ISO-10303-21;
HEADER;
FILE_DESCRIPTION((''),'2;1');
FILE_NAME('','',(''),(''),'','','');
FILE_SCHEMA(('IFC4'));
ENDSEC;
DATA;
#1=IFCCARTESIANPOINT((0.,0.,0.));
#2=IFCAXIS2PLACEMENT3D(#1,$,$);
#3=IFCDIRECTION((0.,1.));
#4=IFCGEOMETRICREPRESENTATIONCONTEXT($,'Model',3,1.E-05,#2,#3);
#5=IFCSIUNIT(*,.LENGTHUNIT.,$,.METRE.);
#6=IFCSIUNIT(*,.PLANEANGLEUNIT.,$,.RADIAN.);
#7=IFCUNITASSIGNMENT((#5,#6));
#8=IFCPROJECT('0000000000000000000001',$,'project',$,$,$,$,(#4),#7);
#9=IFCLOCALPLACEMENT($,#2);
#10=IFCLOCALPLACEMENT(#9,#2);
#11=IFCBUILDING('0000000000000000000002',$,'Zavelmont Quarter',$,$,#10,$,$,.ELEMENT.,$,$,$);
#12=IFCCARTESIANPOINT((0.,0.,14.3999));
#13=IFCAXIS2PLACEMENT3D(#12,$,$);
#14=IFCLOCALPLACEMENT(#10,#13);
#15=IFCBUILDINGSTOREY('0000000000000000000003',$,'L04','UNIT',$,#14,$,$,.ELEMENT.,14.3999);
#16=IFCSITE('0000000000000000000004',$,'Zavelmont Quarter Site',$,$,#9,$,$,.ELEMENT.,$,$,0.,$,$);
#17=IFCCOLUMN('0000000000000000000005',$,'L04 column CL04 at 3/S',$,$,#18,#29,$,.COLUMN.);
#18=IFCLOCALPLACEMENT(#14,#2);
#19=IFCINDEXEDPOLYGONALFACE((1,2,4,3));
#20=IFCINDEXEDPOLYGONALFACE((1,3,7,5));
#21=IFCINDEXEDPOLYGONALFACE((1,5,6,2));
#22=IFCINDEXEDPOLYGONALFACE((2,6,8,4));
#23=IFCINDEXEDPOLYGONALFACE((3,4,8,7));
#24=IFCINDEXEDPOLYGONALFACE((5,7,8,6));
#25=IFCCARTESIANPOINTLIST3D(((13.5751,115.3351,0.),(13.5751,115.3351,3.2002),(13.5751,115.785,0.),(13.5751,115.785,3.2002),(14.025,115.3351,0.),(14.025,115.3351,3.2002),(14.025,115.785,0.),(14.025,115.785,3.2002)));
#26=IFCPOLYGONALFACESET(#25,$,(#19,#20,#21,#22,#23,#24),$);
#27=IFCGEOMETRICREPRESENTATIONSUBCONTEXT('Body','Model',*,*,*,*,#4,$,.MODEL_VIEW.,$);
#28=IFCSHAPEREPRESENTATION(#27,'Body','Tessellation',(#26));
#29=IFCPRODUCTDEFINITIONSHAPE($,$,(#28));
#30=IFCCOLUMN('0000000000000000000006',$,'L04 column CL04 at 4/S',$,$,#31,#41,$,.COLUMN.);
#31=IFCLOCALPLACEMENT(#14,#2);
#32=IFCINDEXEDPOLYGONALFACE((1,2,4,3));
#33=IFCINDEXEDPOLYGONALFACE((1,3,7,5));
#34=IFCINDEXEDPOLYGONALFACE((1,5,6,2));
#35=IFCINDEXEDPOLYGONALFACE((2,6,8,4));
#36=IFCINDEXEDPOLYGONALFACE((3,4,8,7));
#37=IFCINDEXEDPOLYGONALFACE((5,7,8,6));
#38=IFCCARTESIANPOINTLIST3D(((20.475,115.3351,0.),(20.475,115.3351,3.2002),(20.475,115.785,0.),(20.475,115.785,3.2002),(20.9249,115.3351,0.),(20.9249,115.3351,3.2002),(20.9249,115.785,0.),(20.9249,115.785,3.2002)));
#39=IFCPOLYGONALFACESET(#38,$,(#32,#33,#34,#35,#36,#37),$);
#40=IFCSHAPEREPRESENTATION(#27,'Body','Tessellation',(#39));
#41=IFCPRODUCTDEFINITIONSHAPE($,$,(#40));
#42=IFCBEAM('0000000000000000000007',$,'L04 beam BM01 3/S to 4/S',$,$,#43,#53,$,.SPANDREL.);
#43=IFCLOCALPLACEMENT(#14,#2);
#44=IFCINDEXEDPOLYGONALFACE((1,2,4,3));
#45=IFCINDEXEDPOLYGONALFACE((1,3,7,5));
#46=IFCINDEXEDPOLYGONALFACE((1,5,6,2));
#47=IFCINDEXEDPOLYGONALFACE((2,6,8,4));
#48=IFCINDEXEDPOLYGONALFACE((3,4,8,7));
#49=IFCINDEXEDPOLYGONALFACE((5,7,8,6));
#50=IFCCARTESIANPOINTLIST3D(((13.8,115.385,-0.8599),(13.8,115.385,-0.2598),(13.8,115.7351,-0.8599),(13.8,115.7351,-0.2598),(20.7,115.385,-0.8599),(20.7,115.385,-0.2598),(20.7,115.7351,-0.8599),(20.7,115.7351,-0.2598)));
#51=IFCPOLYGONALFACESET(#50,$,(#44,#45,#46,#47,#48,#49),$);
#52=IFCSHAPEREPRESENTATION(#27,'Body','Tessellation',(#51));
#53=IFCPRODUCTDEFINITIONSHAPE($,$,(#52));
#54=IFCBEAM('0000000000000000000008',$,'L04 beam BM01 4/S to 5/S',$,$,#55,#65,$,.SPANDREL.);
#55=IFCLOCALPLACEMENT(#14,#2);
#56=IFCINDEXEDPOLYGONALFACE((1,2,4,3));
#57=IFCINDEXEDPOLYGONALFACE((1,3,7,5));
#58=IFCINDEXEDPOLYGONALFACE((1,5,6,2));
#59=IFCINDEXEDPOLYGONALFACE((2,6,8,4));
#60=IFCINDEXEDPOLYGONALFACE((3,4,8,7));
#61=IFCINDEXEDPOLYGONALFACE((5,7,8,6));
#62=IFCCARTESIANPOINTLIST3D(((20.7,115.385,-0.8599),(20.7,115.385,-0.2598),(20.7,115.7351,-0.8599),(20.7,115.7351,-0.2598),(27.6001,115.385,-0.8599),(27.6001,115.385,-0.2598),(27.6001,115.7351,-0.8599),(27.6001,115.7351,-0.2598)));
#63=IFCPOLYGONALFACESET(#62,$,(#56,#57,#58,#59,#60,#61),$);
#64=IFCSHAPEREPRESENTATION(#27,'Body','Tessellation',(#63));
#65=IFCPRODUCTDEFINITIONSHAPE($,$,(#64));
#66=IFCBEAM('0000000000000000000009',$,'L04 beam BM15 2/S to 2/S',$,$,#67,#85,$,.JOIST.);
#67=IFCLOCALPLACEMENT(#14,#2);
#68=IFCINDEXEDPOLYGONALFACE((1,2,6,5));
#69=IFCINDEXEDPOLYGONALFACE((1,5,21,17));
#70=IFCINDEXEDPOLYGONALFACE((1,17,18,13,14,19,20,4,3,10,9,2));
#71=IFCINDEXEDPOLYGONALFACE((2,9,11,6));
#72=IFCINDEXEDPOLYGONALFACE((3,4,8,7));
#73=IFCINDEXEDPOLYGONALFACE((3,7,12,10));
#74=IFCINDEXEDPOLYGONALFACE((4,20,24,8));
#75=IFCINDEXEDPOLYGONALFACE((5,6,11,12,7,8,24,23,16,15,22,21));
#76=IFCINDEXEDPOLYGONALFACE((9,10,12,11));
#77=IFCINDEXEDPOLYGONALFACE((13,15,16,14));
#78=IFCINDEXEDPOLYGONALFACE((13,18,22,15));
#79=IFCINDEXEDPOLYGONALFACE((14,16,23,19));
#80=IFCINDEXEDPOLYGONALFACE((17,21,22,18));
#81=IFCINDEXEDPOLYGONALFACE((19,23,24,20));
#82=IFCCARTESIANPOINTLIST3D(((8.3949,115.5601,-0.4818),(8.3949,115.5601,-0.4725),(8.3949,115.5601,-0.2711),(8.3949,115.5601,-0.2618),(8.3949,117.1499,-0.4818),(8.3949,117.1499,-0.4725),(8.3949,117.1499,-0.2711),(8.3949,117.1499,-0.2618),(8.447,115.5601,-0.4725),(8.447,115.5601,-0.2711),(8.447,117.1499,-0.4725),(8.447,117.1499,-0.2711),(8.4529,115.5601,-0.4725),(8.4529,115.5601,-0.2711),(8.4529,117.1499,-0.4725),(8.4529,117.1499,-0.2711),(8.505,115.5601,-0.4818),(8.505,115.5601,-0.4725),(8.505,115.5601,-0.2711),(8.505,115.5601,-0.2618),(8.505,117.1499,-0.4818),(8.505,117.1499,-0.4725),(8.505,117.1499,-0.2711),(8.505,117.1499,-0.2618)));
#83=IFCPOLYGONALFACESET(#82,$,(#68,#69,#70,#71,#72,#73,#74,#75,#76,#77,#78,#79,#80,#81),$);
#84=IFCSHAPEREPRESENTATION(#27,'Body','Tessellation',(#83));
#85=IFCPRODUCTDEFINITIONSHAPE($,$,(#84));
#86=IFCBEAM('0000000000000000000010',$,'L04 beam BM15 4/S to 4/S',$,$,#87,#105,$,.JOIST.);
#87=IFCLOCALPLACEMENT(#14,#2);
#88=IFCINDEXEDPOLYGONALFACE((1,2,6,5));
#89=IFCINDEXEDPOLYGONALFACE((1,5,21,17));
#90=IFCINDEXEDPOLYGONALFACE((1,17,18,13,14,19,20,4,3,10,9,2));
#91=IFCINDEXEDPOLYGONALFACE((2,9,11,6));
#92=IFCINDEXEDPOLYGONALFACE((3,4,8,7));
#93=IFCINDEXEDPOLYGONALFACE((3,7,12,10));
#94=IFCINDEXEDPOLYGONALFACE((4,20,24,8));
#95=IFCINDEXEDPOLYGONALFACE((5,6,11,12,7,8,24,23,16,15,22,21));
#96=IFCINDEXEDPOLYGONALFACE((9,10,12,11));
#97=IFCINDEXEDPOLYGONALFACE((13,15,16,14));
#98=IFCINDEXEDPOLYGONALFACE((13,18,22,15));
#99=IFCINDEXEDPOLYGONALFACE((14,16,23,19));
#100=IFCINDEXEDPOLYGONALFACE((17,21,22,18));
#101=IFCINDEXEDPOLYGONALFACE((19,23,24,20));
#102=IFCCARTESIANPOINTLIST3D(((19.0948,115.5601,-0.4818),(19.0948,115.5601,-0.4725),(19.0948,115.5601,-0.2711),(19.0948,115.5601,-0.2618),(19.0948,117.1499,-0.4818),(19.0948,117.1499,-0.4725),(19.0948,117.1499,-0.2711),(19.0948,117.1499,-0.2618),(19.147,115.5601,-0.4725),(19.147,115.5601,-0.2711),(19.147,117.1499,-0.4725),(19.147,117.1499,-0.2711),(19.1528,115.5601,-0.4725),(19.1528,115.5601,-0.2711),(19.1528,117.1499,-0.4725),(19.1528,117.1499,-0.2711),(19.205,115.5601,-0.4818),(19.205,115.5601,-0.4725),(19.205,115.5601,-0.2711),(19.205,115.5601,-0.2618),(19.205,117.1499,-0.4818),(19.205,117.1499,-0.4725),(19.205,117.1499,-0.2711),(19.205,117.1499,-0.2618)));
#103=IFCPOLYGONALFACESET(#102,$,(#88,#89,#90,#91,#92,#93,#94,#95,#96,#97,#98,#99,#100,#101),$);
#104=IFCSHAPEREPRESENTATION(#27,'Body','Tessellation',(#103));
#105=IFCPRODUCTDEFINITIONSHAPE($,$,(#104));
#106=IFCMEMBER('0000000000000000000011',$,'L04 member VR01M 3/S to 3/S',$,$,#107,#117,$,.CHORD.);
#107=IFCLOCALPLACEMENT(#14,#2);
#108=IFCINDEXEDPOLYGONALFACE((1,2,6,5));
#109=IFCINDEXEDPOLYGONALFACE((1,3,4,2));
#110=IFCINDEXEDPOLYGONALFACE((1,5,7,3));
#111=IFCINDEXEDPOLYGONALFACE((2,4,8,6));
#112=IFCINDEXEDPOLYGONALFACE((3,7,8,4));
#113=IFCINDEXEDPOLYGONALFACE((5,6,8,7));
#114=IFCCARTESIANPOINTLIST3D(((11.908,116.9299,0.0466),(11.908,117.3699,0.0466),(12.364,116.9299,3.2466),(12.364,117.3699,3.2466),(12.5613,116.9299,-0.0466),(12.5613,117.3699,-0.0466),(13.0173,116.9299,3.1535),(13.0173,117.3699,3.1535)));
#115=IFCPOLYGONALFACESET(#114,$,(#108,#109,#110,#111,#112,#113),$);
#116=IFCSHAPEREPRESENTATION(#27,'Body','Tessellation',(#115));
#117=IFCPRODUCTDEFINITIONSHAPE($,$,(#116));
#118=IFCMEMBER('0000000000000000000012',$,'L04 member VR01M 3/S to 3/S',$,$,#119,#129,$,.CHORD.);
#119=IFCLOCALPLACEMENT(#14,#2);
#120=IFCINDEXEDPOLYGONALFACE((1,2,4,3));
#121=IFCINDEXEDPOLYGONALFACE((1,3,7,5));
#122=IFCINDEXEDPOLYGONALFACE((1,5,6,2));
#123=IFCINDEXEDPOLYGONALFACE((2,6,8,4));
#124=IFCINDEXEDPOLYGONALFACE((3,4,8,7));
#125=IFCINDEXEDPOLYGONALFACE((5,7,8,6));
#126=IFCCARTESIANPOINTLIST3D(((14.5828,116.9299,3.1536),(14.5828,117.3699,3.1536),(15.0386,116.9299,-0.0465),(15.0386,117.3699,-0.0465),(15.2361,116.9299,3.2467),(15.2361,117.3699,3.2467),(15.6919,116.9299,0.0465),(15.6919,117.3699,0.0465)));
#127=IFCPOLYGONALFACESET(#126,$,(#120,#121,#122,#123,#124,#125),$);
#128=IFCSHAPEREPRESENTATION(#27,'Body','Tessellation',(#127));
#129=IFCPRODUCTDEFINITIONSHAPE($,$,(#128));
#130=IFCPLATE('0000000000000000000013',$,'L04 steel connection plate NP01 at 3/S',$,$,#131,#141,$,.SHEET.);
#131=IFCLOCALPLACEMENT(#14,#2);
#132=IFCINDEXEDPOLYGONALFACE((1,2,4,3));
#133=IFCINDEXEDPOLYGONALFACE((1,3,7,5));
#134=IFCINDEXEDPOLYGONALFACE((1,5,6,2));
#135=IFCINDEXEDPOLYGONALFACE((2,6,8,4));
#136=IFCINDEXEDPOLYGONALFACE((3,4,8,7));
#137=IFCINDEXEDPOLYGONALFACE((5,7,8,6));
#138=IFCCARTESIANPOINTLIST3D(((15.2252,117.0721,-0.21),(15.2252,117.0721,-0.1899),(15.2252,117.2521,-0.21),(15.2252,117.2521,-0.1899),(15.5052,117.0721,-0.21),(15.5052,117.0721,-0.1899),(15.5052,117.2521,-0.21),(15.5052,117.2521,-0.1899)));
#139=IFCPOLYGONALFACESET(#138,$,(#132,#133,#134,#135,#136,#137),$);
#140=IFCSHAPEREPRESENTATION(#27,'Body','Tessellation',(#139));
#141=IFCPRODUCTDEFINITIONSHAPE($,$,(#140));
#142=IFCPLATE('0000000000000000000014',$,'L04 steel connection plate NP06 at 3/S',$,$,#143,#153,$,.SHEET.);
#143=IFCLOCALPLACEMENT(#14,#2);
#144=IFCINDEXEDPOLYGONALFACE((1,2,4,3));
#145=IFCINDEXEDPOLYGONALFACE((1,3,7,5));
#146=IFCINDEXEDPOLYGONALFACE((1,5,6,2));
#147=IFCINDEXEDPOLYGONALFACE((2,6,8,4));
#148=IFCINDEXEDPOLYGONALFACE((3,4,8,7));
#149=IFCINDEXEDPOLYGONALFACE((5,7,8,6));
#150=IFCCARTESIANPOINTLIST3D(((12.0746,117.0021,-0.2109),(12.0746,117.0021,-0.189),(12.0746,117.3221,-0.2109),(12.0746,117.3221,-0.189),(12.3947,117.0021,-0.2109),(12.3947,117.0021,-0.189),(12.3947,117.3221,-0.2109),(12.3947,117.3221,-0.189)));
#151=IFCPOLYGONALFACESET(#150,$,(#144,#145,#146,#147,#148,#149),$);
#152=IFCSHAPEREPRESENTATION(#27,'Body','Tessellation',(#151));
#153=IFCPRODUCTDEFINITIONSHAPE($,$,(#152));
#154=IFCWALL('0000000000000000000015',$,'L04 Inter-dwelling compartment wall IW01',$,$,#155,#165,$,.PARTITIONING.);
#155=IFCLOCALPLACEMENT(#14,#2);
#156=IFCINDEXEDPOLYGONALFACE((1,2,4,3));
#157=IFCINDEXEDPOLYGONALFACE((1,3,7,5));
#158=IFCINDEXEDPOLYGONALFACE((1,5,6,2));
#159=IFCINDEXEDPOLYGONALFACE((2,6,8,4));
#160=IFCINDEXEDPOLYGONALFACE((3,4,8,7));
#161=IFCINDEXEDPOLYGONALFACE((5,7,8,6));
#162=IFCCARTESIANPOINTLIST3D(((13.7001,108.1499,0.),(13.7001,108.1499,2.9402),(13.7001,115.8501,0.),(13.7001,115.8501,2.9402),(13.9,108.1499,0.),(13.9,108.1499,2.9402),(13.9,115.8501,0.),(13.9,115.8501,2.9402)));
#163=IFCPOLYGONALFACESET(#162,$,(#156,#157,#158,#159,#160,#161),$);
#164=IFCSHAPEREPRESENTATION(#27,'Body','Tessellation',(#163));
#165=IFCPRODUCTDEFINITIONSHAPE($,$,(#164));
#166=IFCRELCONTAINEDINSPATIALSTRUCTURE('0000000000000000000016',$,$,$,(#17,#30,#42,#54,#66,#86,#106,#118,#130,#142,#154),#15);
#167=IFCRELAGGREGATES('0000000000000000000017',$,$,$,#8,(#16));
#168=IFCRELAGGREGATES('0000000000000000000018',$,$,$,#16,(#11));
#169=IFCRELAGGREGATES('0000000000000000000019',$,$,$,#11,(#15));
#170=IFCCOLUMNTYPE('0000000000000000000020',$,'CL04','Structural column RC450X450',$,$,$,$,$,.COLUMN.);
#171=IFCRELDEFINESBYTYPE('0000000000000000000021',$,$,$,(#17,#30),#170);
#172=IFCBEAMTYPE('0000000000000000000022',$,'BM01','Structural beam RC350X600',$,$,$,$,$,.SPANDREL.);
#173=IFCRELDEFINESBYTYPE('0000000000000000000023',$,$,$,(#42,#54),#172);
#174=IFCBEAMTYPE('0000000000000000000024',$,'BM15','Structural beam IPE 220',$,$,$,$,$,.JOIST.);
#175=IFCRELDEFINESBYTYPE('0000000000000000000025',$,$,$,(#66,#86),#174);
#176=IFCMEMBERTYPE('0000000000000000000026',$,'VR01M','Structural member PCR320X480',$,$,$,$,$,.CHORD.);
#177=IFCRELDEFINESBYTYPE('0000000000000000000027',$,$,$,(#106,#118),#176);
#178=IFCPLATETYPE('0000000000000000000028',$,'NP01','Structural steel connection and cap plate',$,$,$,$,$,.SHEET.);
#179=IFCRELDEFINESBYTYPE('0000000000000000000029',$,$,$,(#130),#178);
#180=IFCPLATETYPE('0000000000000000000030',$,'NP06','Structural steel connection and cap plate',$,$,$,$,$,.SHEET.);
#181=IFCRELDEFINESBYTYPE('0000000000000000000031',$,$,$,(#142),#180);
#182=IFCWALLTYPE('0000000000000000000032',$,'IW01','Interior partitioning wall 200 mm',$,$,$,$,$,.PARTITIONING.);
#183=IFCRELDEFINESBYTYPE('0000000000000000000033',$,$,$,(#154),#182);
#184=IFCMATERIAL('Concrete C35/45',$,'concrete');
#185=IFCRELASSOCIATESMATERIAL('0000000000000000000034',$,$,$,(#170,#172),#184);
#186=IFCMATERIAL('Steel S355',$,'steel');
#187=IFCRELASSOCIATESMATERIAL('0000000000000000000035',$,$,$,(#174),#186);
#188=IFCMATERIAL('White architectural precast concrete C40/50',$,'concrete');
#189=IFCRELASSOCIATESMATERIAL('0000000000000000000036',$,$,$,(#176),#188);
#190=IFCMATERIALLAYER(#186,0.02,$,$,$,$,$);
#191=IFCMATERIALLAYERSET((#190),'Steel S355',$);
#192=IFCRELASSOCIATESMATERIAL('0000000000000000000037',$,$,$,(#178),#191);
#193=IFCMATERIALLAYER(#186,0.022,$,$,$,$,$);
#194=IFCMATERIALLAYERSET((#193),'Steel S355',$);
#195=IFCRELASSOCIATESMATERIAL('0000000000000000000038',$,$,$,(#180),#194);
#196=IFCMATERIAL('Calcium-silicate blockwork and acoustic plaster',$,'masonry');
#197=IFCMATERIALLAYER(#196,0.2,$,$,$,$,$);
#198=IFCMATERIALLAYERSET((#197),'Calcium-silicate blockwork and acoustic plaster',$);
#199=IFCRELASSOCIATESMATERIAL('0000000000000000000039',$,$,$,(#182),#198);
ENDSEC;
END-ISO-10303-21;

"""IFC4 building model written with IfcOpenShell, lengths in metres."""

from ifc_helpers import new_model, si_unit, direction, frame, frame_2d, origin, origin_2d, place, context, subcontext, project, spatial, rectangle, i_section, extrude, material, layer, layer_set, material_profile, profile_set, type_object, element, save


model = new_model("IFC4")

# Units and contexts
model_context = context("Model", 3, precision=1e-05, world=origin(), true_north=direction((0.0, 1.0)))
body_context = subcontext(model_context, "Body", "Model", "MODEL_VIEW")
ifc_project = project(units=[si_unit("LENGTHUNIT", "METRE"), si_unit("PLANEANGLEUNIT", "RADIAN")], contexts=[model_context])

# Site, building, storey
site_placement = place(None, origin())
site = spatial("IfcSite", under=ifc_project, at=site_placement, Name="Zavelmont Quarter Site", CompositionType="ELEMENT", RefElevation=0.0)
building_placement = place(site_placement, origin())
building = spatial("IfcBuilding", under=site, at=building_placement, Name="Zavelmont Quarter", CompositionType="ELEMENT")
storey_placement = place(building_placement, frame((0.0, 0.0, 14.3999)))
storey = spatial("IfcBuildingStorey", under=building, at=storey_placement, Name="L04", Description="UNIT", CompositionType="ELEMENT", Elevation=14.3999)

# Columns
ifc_material_1 = material(Name="Concrete C35/45", Category="concrete")
ifc_material_profile_1 = material_profile(ifc_material_1, rectangle(XDim=0.45, YDim=0.45, at=origin_2d()), Name="RC450X450")
ifc_profile_set_1 = profile_set([ifc_material_profile_1], Name="Concrete C35/45")
column_type = type_object("IfcColumnType", Name="CL04", Description="Structural column RC450X450", PredefinedType="COLUMN", material=ifc_profile_set_1)
for number, where, z_axis, x_axis, name in (
    (1, (13.8, 115.5601, 0.0), (0.0, 0.0, 1.0), (1.0, 0.0, 0.0), "L04 column CL04 at 3/S"),
    (2, (20.7, 115.5601, 0.0), (0.0, 0.0, 1.0), (1.0, 0.0, 0.0), "L04 column CL04 at 4/S"),
):
    element("IfcColumn", number, at=place(storey_placement, frame(where, z_axis=z_axis, x_axis=x_axis)), inside=storey, type_object=column_type, Name=name, PredefinedType="COLUMN", context=body_context, shape_type="SweptSolid", body=[
        extrude(rectangle(XDim=0.45, YDim=0.45, at=origin_2d()), origin(), (0.0, 0.0, 1.0), 3.2002),
    ])

# Beams
ifc_material_profile_2 = material_profile(ifc_material_1, rectangle(XDim=0.3501, YDim=0.6001, at=origin_2d()), Name="RC350X600")
ifc_profile_set_2 = profile_set([ifc_material_profile_2], Name="Concrete C35/45")
beam_type_1 = type_object("IfcBeamType", Name="BM01", Description="Structural beam RC350X600", PredefinedType="SPANDREL", material=ifc_profile_set_2)
beam_1_placement = place(storey_placement, frame((13.8, 115.5601, -0.5598), z_axis=(1.0, 0.0, 0.0), x_axis=(0.0, 1.0, 0.0)))
element("IfcBeam", 3, at=beam_1_placement, inside=storey, type_object=beam_type_1, Name="L04 beam BM01 3/S to 4/S", PredefinedType="SPANDREL", context=body_context, shape_type="SweptSolid", body=[
    extrude(rectangle(XDim=0.3501, YDim=0.6001, at=origin_2d()), origin(), (0.0, 0.0, 1.0), 6.8999),
])
beam_2_placement = place(storey_placement, frame((20.7, 115.5601, -0.5598), z_axis=(1.0, 0.0, 0.0), x_axis=(0.0, 1.0, 0.0)))
element("IfcBeam", 4, at=beam_2_placement, inside=storey, type_object=beam_type_1, Name="L04 beam BM01 4/S to 5/S", PredefinedType="SPANDREL", context=body_context, shape_type="SweptSolid", body=[
    extrude(rectangle(XDim=0.3501, YDim=0.6001, at=origin_2d()), origin(), (0.0, 0.0, 1.0), 6.9001),
])
ifc_material_2 = material(Name="Steel S355", Category="steel")
ifc_material_profile_3 = material_profile(ifc_material_2, i_section(OverallWidth=0.1101, OverallDepth=0.22, WebThickness=0.0059, FlangeThickness=0.0093, at=origin_2d()), Name="IPE 220")
ifc_profile_set_3 = profile_set([ifc_material_profile_3], Name="Steel S355")
beam_type_2 = type_object("IfcBeamType", Name="BM15", Description="Structural beam IPE 220", PredefinedType="JOIST", material=ifc_profile_set_3)
for number, where, z_axis, x_axis, name in (
    (5, (8.45, 115.5601, -0.3718), (0.0, 1.0, 0.0), (-1.0, 0.0, 0.0), "L04 beam BM15 2/S to 2/S"),
    (6, (19.1499, 115.5601, -0.3718), (0.0, 1.0, 0.0), (-1.0, 0.0, 0.0), "L04 beam BM15 4/S to 4/S"),
):
    element("IfcBeam", number, at=place(storey_placement, frame(where, z_axis=z_axis, x_axis=x_axis)), inside=storey, type_object=beam_type_2, Name=name, PredefinedType="JOIST", context=body_context, shape_type="SweptSolid", body=[
        extrude(i_section(OverallWidth=0.1101, OverallDepth=0.22, WebThickness=0.0059, FlangeThickness=0.0093, at=origin_2d()), origin(), (0.0, 0.0, 1.0), 1.5898),
    ])

# Members
ifc_material_3 = material(Name="White architectural precast concrete C40/50", Category="concrete")
ifc_material_profile_4 = material_profile(ifc_material_3, rectangle(XDim=0.4399, YDim=0.6599, at=origin_2d()), Name="PCR320X480")
ifc_profile_set_4 = profile_set([ifc_material_profile_4], Name="White architectural precast concrete C40/50")
member_type = type_object("IfcMemberType", Name="VR01M", Description="Structural member PCR320X480", PredefinedType="CHORD", material=ifc_profile_set_4)
for number, where, z_axis, x_axis, name in (
    (7, (12.2346, 117.1499, 0.0), (0.141083, 0.0, 0.989998), (0.0, 1.0, 0.0), "L04 member VR01M 3/S to 3/S"),
    (8, (15.3652, 117.1499, 0.0), (-0.141009, 0.0, 0.990008), (0.0, -1.0, 0.0), "L04 member VR01M 3/S to 3/S"),
):
    element("IfcMember", number, at=place(storey_placement, frame(where, z_axis=z_axis, x_axis=x_axis)), inside=storey, type_object=member_type, Name=name, PredefinedType="CHORD", context=body_context, shape_type="SweptSolid", body=[
        extrude(rectangle(XDim=0.4399, YDim=0.6599, at=origin_2d()), origin(), (0.0, 0.0, 1.0), 3.2324),
    ])

# Plates
ifc_layer_1 = layer(ifc_material_2, 0.02)
ifc_layer_set_1 = layer_set([ifc_layer_1], Name="Steel S355")
plate_type_1 = type_object("IfcPlateType", Name="NP01", Description="Structural steel connection and cap plate", PredefinedType="SHEET", material=ifc_layer_set_1)
plate_1_placement = place(storey_placement, frame((15.3652, 117.1621, -0.21), z_axis=(0.0, 0.0, 1.0), x_axis=(1.0, 0.0, 0.0)))
element("IfcPlate", 9, at=plate_1_placement, inside=storey, type_object=plate_type_1, Name="L04 steel connection plate NP01 at 3/S", PredefinedType="SHEET", context=body_context, shape_type="SweptSolid", body=[
    extrude(rectangle(XDim=0.28, YDim=0.1799, at=origin_2d()), origin(), (0.0, 0.0, 1.0), 0.02),
])
ifc_layer_2 = layer(ifc_material_2, 0.022)
ifc_layer_set_2 = layer_set([ifc_layer_2], Name="Steel S355")
plate_type_2 = type_object("IfcPlateType", Name="NP06", Description="Structural steel connection and cap plate", PredefinedType="SHEET", material=ifc_layer_set_2)
plate_2_placement = place(storey_placement, frame((12.2346, 117.1621, -0.2109), z_axis=(0.0, 0.0, 1.0), x_axis=(1.0, 0.0, 0.0)))
element("IfcPlate", 10, at=plate_2_placement, inside=storey, type_object=plate_type_2, Name="L04 steel connection plate NP06 at 3/S", PredefinedType="SHEET", context=body_context, shape_type="SweptSolid", body=[
    extrude(rectangle(XDim=0.3201, YDim=0.3201, at=origin_2d()), origin(), (0.0, 0.0, 1.0), 0.022),
])

# Wall
ifc_material_4 = material(Name="Calcium-silicate blockwork and acoustic plaster", Category="masonry")
ifc_layer_3 = layer(ifc_material_4, 0.2)
ifc_layer_set_3 = layer_set([ifc_layer_3], Name="Calcium-silicate blockwork and acoustic plaster")
wall_type_1 = type_object("IfcWallType", Name="IW01", Description="Interior partitioning wall 200 mm", PredefinedType="PARTITIONING", material=ifc_layer_set_3)
wall_1_placement = place(storey_placement, frame((13.8, 108.1499, 0.0), z_axis=(0.0, 0.0, 1.0), x_axis=(0.0, 1.0, 0.0)))
element("IfcWall", 11, at=wall_1_placement, inside=storey, type_object=wall_type_1, Name="L04 Inter-dwelling compartment wall IW01", PredefinedType="PARTITIONING", context=body_context, shape_type="SweptSolid", body=[
    extrude(rectangle(XDim=7.7002, YDim=0.2, at=frame_2d((3.8501, 0.0))), origin(), (0.0, 0.0, 1.0), 2.9402),
])

save(model, "model.ifc")
